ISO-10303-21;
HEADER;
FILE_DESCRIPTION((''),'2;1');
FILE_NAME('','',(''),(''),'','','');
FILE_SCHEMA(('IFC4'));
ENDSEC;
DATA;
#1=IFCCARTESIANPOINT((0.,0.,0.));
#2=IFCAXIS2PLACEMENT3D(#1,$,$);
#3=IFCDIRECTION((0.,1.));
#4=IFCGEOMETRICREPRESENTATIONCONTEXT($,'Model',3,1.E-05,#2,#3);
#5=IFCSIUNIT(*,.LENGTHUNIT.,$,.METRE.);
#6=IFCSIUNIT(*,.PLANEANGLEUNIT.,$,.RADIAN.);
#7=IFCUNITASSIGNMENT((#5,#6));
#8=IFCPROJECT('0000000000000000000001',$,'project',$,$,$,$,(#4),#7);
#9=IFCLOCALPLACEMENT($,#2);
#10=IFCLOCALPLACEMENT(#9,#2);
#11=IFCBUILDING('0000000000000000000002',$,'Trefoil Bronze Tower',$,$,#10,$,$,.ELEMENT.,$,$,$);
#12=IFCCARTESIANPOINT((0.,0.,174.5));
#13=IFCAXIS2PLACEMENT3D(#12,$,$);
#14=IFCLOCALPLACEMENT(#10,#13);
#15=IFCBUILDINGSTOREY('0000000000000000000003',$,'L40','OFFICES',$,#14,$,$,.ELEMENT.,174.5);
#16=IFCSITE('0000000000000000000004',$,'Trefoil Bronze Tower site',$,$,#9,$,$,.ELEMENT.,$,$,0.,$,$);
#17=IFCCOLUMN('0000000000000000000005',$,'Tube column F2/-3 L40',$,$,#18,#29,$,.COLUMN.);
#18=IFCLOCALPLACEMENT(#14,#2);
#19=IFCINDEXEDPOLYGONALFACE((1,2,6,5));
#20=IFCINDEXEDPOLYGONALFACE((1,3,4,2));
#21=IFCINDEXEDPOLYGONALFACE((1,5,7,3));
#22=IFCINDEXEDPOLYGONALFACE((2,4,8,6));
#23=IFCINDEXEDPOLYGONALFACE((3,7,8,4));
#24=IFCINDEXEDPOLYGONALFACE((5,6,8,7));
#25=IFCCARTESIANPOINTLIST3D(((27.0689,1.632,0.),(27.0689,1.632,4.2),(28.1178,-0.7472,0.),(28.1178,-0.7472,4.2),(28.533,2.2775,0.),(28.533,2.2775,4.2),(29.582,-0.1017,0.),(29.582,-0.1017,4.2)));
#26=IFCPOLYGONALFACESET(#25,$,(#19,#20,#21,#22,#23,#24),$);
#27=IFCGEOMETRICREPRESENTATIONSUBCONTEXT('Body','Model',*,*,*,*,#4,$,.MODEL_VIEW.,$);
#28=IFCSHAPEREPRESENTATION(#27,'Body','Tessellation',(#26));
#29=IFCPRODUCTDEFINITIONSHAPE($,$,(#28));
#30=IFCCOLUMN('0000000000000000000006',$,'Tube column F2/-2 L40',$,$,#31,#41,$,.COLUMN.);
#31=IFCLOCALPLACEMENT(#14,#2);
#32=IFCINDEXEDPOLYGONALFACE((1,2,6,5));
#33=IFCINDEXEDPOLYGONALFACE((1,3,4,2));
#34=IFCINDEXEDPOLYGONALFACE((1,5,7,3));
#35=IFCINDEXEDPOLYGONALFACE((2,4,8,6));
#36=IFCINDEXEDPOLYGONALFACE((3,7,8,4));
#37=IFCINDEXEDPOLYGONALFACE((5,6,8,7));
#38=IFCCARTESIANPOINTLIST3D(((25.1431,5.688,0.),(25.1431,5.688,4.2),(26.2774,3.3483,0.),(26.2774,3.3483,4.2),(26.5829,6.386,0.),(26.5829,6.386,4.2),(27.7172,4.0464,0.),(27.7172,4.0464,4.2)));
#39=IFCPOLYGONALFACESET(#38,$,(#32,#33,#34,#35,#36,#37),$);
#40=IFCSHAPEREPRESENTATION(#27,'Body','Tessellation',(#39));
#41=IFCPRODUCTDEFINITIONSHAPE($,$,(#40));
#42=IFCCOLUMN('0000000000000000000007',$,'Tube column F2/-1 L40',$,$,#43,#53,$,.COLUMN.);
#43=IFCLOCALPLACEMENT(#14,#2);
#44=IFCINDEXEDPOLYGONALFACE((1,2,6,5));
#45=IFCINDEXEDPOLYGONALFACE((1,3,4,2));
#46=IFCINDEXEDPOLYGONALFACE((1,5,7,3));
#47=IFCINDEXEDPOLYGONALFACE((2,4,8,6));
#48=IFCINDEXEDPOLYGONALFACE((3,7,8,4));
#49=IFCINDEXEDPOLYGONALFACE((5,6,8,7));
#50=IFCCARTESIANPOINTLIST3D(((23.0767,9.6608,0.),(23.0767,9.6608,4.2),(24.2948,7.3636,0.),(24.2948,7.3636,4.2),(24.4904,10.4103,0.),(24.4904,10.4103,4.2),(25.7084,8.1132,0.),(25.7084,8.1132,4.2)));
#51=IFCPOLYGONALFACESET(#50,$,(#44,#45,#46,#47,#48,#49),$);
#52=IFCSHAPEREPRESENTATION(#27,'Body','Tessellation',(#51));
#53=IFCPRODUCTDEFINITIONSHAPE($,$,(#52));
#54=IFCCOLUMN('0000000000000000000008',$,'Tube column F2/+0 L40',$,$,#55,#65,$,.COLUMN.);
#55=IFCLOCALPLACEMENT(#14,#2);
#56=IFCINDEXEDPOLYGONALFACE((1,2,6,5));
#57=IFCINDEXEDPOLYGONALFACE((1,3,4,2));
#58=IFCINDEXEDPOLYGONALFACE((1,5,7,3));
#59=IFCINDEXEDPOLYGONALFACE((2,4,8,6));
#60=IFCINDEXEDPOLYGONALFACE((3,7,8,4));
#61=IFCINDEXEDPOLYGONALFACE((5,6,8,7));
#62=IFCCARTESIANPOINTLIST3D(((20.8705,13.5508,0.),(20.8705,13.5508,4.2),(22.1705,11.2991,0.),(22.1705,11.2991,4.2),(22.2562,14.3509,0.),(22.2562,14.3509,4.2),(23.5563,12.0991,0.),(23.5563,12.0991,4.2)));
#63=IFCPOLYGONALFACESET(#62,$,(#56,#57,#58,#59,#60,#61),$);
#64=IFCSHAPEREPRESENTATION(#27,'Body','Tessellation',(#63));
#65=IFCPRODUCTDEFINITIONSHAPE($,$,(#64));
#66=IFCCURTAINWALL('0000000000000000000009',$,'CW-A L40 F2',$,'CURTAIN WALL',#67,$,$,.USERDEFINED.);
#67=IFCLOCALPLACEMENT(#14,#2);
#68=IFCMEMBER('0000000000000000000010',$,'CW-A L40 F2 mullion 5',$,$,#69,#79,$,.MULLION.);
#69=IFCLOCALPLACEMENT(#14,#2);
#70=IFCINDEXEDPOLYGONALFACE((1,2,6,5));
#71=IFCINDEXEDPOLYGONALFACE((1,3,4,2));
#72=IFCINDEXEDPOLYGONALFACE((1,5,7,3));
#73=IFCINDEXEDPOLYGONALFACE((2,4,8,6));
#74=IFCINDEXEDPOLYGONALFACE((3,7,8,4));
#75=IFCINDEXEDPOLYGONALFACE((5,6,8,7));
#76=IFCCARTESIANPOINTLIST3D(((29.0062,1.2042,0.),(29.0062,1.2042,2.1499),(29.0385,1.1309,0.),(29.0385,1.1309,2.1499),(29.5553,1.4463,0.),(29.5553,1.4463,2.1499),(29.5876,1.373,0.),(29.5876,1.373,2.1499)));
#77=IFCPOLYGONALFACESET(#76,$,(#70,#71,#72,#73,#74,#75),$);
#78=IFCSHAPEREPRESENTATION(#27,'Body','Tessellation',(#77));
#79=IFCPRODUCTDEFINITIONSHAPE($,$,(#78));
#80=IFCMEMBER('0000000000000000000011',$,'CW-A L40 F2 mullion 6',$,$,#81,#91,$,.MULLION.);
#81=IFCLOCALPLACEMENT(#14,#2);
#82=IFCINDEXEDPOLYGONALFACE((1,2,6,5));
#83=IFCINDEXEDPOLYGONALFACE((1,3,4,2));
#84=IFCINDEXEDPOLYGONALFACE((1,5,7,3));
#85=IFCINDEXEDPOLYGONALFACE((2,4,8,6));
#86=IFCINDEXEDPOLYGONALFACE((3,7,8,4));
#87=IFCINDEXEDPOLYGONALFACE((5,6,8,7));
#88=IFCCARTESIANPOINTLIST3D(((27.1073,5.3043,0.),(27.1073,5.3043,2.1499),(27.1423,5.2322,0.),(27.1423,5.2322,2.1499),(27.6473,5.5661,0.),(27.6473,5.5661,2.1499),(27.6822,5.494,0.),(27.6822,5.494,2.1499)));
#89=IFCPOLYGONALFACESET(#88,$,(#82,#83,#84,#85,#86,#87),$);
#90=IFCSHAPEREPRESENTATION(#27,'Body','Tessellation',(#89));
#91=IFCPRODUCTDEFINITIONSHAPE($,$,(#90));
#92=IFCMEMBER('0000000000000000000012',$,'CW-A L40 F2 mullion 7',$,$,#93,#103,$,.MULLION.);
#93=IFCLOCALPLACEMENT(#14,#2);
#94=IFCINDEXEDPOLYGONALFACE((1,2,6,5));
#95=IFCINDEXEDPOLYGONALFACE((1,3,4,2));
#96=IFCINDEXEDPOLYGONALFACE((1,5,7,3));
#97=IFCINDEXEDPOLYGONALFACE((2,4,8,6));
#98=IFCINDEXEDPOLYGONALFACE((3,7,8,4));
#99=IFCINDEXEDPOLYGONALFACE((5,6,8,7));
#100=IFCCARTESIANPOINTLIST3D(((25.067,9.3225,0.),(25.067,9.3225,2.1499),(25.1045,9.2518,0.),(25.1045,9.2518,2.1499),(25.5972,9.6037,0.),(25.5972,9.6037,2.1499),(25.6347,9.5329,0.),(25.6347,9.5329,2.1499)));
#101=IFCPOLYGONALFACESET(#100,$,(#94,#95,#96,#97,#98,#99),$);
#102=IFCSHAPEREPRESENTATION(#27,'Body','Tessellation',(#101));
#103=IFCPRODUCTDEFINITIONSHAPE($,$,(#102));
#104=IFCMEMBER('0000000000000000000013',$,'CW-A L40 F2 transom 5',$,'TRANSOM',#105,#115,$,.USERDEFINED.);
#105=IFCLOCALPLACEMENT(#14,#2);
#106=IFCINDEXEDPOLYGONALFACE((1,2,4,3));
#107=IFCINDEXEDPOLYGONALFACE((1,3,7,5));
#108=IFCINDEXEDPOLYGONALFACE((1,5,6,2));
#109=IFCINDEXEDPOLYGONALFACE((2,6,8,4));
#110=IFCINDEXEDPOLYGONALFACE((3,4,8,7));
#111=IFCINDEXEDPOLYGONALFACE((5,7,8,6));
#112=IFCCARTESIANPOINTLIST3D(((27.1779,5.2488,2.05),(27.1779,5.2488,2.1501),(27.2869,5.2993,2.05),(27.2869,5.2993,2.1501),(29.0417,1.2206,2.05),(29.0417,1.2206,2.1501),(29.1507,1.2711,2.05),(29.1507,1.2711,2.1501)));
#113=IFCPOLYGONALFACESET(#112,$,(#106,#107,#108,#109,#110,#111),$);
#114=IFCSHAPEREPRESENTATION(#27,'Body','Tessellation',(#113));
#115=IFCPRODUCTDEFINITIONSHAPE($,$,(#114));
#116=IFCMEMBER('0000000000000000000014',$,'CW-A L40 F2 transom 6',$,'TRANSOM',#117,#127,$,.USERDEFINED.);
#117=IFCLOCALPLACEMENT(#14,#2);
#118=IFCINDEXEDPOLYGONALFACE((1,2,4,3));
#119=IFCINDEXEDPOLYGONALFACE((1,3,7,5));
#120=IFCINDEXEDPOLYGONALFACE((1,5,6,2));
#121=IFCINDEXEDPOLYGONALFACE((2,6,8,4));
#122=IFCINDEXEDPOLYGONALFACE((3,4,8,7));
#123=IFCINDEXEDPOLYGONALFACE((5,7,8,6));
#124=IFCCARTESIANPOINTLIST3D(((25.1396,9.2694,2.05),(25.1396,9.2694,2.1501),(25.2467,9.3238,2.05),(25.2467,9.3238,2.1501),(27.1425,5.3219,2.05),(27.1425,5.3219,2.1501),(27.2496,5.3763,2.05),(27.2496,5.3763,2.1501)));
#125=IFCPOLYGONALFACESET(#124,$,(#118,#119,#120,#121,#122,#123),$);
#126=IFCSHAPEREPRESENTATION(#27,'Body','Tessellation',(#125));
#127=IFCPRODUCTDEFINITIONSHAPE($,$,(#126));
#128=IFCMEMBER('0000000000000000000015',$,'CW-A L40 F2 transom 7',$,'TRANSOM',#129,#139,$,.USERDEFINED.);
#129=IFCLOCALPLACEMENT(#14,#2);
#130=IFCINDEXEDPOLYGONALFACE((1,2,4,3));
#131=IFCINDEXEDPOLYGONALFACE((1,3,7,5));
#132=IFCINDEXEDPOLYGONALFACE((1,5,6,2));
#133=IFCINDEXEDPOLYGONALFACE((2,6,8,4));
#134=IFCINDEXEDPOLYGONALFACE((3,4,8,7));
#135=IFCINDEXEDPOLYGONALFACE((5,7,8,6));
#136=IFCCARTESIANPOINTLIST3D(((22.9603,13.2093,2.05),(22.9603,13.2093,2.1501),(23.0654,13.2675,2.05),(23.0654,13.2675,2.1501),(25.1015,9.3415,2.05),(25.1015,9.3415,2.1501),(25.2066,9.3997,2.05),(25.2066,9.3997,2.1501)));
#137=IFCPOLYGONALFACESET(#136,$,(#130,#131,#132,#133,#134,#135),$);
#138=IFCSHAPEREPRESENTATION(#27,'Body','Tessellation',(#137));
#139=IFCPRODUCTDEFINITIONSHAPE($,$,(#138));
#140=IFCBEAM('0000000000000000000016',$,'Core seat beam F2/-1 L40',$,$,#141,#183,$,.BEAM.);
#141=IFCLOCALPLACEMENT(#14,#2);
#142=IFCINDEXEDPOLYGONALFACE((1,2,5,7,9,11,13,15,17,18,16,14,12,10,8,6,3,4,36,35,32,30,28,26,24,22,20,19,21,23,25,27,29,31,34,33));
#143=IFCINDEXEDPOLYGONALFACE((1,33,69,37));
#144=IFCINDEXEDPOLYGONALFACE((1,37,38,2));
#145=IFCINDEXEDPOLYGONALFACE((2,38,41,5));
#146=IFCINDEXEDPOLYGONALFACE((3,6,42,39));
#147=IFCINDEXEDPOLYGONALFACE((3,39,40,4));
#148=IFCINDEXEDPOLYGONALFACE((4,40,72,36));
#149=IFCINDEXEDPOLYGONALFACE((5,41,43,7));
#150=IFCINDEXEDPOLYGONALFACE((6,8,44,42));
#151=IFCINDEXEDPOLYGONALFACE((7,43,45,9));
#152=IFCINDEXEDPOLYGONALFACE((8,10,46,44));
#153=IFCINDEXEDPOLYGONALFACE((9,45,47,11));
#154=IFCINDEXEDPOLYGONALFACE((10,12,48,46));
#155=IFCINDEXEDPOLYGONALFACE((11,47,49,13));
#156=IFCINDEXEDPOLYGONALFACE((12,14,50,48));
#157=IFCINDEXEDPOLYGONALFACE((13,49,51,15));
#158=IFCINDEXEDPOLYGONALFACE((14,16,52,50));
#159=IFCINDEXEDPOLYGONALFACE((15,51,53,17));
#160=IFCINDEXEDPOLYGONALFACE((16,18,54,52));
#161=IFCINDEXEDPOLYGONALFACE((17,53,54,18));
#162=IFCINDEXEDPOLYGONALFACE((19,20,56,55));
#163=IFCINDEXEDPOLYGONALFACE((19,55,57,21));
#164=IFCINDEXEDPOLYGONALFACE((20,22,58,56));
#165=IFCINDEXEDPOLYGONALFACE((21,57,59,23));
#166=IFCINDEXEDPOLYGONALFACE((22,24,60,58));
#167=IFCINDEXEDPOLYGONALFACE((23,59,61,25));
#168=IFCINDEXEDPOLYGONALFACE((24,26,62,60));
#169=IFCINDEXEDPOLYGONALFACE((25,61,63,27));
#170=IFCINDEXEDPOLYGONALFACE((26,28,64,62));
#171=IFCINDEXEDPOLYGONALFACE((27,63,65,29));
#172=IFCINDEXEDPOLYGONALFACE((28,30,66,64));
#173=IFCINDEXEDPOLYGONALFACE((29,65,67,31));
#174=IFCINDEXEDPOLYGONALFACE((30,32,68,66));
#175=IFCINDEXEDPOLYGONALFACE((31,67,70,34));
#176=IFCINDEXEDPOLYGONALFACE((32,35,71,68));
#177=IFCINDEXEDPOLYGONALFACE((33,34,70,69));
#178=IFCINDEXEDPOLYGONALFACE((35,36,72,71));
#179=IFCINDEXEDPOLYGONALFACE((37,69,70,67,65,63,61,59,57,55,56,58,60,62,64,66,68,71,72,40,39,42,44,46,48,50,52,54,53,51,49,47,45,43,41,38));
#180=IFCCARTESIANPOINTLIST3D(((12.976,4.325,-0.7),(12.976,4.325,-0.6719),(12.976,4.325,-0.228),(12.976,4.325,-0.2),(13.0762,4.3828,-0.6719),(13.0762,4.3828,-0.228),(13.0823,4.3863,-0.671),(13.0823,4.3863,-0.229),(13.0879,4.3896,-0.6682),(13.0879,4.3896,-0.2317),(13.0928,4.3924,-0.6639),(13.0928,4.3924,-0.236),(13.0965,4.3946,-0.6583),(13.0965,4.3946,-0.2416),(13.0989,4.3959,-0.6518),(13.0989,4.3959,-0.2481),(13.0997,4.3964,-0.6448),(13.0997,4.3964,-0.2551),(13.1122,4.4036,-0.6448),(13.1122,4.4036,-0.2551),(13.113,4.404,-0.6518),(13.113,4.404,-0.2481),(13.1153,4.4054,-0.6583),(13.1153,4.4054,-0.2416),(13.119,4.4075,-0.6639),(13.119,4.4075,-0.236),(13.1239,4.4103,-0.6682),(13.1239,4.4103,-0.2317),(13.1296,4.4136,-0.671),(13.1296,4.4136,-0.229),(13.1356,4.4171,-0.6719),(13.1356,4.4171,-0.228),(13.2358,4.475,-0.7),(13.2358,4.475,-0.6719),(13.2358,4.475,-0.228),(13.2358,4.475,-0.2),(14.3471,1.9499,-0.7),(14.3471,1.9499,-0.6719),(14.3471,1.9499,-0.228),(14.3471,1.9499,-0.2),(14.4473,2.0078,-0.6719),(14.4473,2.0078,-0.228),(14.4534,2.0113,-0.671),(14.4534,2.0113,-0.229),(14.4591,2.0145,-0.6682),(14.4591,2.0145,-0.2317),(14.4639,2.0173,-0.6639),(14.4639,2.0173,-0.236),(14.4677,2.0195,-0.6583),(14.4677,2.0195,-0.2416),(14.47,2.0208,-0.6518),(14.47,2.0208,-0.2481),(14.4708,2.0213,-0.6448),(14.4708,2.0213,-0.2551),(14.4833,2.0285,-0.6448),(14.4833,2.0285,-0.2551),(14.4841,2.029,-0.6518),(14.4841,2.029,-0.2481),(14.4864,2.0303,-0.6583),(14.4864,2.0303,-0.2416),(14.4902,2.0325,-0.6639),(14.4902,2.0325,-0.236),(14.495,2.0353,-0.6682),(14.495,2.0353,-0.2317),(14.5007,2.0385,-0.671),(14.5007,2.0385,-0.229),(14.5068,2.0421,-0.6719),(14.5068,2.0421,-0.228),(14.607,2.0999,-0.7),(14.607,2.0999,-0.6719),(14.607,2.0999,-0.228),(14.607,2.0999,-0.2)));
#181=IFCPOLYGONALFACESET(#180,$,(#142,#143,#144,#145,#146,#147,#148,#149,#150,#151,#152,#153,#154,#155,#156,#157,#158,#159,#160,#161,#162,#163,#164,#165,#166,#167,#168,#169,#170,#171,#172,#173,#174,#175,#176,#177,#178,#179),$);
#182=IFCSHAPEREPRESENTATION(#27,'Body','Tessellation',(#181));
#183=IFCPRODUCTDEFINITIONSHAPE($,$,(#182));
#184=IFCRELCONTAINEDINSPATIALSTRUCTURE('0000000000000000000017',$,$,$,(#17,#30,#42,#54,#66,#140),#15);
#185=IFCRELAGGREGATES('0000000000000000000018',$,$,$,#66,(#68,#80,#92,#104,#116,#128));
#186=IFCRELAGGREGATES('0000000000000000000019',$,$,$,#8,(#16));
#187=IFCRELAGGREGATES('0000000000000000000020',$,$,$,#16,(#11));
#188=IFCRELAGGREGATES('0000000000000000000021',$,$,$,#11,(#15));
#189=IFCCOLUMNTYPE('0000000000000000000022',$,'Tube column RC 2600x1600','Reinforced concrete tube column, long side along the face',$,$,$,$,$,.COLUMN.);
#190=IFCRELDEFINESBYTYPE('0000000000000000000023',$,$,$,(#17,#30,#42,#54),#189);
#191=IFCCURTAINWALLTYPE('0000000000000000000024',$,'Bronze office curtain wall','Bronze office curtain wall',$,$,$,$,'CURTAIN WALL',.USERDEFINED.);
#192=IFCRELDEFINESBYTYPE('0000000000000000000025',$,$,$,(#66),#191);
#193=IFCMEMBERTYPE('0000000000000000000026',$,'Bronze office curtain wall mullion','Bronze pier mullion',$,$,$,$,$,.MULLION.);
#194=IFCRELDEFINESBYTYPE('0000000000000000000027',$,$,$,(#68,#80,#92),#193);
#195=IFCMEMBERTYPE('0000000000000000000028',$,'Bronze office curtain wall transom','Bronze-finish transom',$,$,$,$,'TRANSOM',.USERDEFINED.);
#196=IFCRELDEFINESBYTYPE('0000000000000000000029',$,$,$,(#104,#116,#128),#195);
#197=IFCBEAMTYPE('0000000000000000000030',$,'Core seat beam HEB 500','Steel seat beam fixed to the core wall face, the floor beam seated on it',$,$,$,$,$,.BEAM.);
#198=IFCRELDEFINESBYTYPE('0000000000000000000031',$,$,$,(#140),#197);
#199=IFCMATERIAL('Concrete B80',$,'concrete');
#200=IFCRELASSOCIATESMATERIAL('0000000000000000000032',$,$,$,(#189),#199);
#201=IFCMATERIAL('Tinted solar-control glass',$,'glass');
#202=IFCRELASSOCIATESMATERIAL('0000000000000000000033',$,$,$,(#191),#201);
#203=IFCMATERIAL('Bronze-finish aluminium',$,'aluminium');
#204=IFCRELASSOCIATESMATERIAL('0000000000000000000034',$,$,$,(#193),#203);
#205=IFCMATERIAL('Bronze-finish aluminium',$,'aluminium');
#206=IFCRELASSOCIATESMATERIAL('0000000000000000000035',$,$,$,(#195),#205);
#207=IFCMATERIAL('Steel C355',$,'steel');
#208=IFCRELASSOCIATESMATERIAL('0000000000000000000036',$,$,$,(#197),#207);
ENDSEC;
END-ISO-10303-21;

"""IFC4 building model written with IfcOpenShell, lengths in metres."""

from ifc_helpers import new_model, si_unit, direction, frame, origin, origin_2d, place, context, subcontext, project, spatial, rectangle, i_section, extrude, material, material_profile, profile_set, type_object, element, aggregate, save


model = new_model("IFC4")

# Units and contexts
model_context = context("Model", 3, precision=1e-05, world=origin(), true_north=direction((0.0, 1.0)))
body_context = subcontext(model_context, "Body", "Model", "MODEL_VIEW")
ifc_project = project(units=[si_unit("LENGTHUNIT", "METRE"), si_unit("PLANEANGLEUNIT", "RADIAN")], contexts=[model_context])

# Site, building, storey
site_placement = place(None, origin())
site = spatial("IfcSite", under=ifc_project, at=site_placement, Name="Trefoil Bronze Tower site", CompositionType="ELEMENT", RefElevation=0.0)
building_placement = place(site_placement, origin())
building = spatial("IfcBuilding", under=site, at=building_placement, Name="Trefoil Bronze Tower", CompositionType="ELEMENT")
storey_placement = place(building_placement, frame((0.0, 0.0, 174.5)))
storey = spatial("IfcBuildingStorey", under=building, at=storey_placement, Name="L40", Description="OFFICES", CompositionType="ELEMENT", Elevation=174.5)

# Columns
ifc_material_1 = material(Name="Concrete B80", Category="concrete")
ifc_material_profile_1 = material_profile(ifc_material_1, rectangle(XDim=2.6001, YDim=1.6001, at=origin_2d()), Name="RC 2600x1600")
ifc_profile_set_1 = profile_set([ifc_material_profile_1], Name="Concrete B80")
column_type = type_object("IfcColumnType", Name="Tube column RC 2600x1600", Description="Reinforced concrete tube column, long side along the face", PredefinedType="COLUMN", material=ifc_profile_set_1)
for number, where, z_axis, x_axis, name in (
    (1, (28.3254, 0.7651, 0.0), (0.0, 0.0, 1.0), (-0.403412, 0.915018, 0.0), "Tube column F2/-3 L40"),
    (2, (26.4302, 4.8672, 0.0), (0.0, 0.0, 1.0), (-0.436262, 0.89982, 0.0), "Tube column F2/-2 L40"),
    (3, (24.3926, 8.887, 0.0), (0.0, 0.0, 1.0), (-0.468457, 0.883486, 0.0), "Tube column F2/-1 L40"),
    (4, (22.2134, 12.825, 0.0), (0.0, 0.0, 1.0), (-0.5, 0.866025, 0.0), "Tube column F2/+0 L40"),
):
    element("IfcColumn", number, at=place(storey_placement, frame(where, z_axis=z_axis, x_axis=x_axis)), inside=storey, type_object=column_type, Name=name, PredefinedType="COLUMN", context=body_context, shape_type="SweptSolid", body=[
        extrude(rectangle(XDim=2.6001, YDim=1.6001, at=origin_2d()), origin(), (0.0, 0.0, 1.0), 4.2),
    ])

# Curtain wall, members
ifc_material_2 = material(Name="Tinted solar-control glass", Category="glass")
curtain_wall_type = type_object("IfcCurtainWallType", Name="Bronze office curtain wall", Description="Bronze office curtain wall", ElementType="CURTAIN WALL", PredefinedType="USERDEFINED", material=ifc_material_2)
curtain_wall_placement = place(storey_placement, origin())
curtain_wall = element("IfcCurtainWall", 5, at=curtain_wall_placement, inside=storey, type_object=curtain_wall_type, Name="CW-A L40 F2", ObjectType="CURTAIN WALL", PredefinedType="USERDEFINED")
ifc_material_3 = material(Name="Bronze-finish aluminium", Category="aluminium")
ifc_material_profile_2 = material_profile(ifc_material_3, rectangle(XDim=0.6001, YDim=0.0801, at=origin_2d()), Name="CW-A mullion")
ifc_profile_set_2 = profile_set([ifc_material_profile_2], Name="Bronze-finish aluminium")
member_type_1 = type_object("IfcMemberType", Name="Bronze office curtain wall mullion", Description="Bronze pier mullion", PredefinedType="MULLION", material=ifc_profile_set_2)
member_1_placement = place(storey_placement, frame((29.2969, 1.2886, 0.0), z_axis=(0.0, 0.0, 1.0), x_axis=(-0.915018, -0.403412, 0.0)))
member_1 = element("IfcMember", 6, at=member_1_placement, type_object=member_type_1, Name="CW-A L40 F2 mullion 5", PredefinedType="MULLION", context=body_context, shape_type="SweptSolid", body=[
    extrude(rectangle(XDim=0.6001, YDim=0.0801, at=origin_2d()), origin(), (0.0, 0.0, 1.0), 2.1499),
])
member_2_placement = place(storey_placement, frame((27.3948, 5.3992, 0.0), z_axis=(0.0, 0.0, 1.0), x_axis=(-0.89982, -0.436262, 0.0)))
member_2 = element("IfcMember", 7, at=member_2_placement, type_object=member_type_1, Name="CW-A L40 F2 mullion 6", PredefinedType="MULLION", context=body_context, shape_type="SweptSolid", body=[
    extrude(rectangle(XDim=0.6001, YDim=0.0801, at=origin_2d()), origin(), (0.0, 0.0, 1.0), 2.1499),
])
member_3_placement = place(storey_placement, frame((25.3508, 9.4277, 0.0), z_axis=(0.0, 0.0, 1.0), x_axis=(-0.883486, -0.468457, 0.0)))
member_3 = element("IfcMember", 8, at=member_3_placement, type_object=member_type_1, Name="CW-A L40 F2 mullion 7", PredefinedType="MULLION", context=body_context, shape_type="SweptSolid", body=[
    extrude(rectangle(XDim=0.6001, YDim=0.0801, at=origin_2d()), origin(), (0.0, 0.0, 1.0), 2.1499),
])
ifc_material_4 = material(Name="Bronze-finish aluminium", Category="aluminium")
ifc_material_profile_3 = material_profile(ifc_material_4, rectangle(XDim=0.1201, YDim=0.1001, at=origin_2d()), Name="CW-A transom")
ifc_profile_set_3 = profile_set([ifc_material_profile_3], Name="Bronze-finish aluminium")
member_type_2 = type_object("IfcMemberType", Name="Bronze office curtain wall transom", Description="Bronze-finish transom", ElementType="TRANSOM", PredefinedType="USERDEFINED", material=ifc_profile_set_3)
member_4_placement = place(storey_placement, frame((29.0962, 1.2458, 2.1001), z_axis=(-0.419923, 0.90756, 0.0), x_axis=(-0.90756, -0.419923, 0.0)))
member_4 = element("IfcMember", 9, at=member_4_placement, type_object=member_type_2, Name="CW-A L40 F2 transom 5", ObjectType="TRANSOM", PredefinedType="USERDEFINED", context=body_context, shape_type="SweptSolid", body=[
    extrude(rectangle(XDim=0.1201, YDim=0.1001, at=origin_2d()), origin(), (0.0, 0.0, 1.0), 4.4385),
])
member_5_placement = place(storey_placement, frame((27.196, 5.3491, 2.1001), z_axis=(-0.452478, 0.891775, 0.0), x_axis=(-0.891775, -0.452478, 0.0)))
member_5 = element("IfcMember", 10, at=member_5_placement, type_object=member_type_2, Name="CW-A L40 F2 transom 6", ObjectType="TRANSOM", PredefinedType="USERDEFINED", context=body_context, shape_type="SweptSolid", body=[
    extrude(rectangle(XDim=0.1201, YDim=0.1001, at=origin_2d()), origin(), (0.0, 0.0, 1.0), 4.4265),
])
member_6_placement = place(storey_placement, frame((25.1541, 9.3706, 2.1001), z_axis=(-0.484329, 0.874886, 0.0), x_axis=(-0.874886, -0.484329, 0.0)))
member_6 = element("IfcMember", 11, at=member_6_placement, type_object=member_type_2, Name="CW-A L40 F2 transom 7", ObjectType="TRANSOM", PredefinedType="USERDEFINED", context=body_context, shape_type="SweptSolid", body=[
    extrude(rectangle(XDim=0.1201, YDim=0.1001, at=origin_2d()), origin(), (0.0, 0.0, 1.0), 4.4209),
])

# Beam
ifc_material_5 = material(Name="Steel C355", Category="steel")
ifc_material_profile_4 = material_profile(ifc_material_5, i_section(OverallWidth=0.3, OverallDepth=0.5, WebThickness=0.0144, FlangeThickness=0.0281, FilletRadius=0.0271, at=origin_2d()), Name="HEB 500")
ifc_profile_set_4 = profile_set([ifc_material_profile_4], Name="Steel C355")
beam_type_1 = type_object("IfcBeamType", Name="Core seat beam HEB 500", Description="Steel seat beam fixed to the core wall face, the floor beam seated on it", PredefinedType="BEAM", material=ifc_profile_set_4)
for number, where, z_axis, x_axis, name in (
    (12, (14.4771, 2.0249, -0.45), (-0.499969, 0.866043, 0.0), (-0.866043, -0.499969, 0.0), "Core seat beam F2/-1 L40"),
):
    element("IfcBeam", number, at=place(storey_placement, frame(where, z_axis=z_axis, x_axis=x_axis)), inside=storey, type_object=beam_type_1, Name=name, PredefinedType="BEAM", context=body_context, shape_type="SweptSolid", body=[
        extrude(i_section(OverallWidth=0.3, OverallDepth=0.5, WebThickness=0.0144, FlangeThickness=0.0281, FilletRadius=0.0271, at=origin_2d()), origin(), (0.0, 0.0, 1.0), 2.7424),
    ])

aggregate(curtain_wall, [member_1, member_2, member_3, member_4, member_5, member_6])

save(model, "model.ifc")
